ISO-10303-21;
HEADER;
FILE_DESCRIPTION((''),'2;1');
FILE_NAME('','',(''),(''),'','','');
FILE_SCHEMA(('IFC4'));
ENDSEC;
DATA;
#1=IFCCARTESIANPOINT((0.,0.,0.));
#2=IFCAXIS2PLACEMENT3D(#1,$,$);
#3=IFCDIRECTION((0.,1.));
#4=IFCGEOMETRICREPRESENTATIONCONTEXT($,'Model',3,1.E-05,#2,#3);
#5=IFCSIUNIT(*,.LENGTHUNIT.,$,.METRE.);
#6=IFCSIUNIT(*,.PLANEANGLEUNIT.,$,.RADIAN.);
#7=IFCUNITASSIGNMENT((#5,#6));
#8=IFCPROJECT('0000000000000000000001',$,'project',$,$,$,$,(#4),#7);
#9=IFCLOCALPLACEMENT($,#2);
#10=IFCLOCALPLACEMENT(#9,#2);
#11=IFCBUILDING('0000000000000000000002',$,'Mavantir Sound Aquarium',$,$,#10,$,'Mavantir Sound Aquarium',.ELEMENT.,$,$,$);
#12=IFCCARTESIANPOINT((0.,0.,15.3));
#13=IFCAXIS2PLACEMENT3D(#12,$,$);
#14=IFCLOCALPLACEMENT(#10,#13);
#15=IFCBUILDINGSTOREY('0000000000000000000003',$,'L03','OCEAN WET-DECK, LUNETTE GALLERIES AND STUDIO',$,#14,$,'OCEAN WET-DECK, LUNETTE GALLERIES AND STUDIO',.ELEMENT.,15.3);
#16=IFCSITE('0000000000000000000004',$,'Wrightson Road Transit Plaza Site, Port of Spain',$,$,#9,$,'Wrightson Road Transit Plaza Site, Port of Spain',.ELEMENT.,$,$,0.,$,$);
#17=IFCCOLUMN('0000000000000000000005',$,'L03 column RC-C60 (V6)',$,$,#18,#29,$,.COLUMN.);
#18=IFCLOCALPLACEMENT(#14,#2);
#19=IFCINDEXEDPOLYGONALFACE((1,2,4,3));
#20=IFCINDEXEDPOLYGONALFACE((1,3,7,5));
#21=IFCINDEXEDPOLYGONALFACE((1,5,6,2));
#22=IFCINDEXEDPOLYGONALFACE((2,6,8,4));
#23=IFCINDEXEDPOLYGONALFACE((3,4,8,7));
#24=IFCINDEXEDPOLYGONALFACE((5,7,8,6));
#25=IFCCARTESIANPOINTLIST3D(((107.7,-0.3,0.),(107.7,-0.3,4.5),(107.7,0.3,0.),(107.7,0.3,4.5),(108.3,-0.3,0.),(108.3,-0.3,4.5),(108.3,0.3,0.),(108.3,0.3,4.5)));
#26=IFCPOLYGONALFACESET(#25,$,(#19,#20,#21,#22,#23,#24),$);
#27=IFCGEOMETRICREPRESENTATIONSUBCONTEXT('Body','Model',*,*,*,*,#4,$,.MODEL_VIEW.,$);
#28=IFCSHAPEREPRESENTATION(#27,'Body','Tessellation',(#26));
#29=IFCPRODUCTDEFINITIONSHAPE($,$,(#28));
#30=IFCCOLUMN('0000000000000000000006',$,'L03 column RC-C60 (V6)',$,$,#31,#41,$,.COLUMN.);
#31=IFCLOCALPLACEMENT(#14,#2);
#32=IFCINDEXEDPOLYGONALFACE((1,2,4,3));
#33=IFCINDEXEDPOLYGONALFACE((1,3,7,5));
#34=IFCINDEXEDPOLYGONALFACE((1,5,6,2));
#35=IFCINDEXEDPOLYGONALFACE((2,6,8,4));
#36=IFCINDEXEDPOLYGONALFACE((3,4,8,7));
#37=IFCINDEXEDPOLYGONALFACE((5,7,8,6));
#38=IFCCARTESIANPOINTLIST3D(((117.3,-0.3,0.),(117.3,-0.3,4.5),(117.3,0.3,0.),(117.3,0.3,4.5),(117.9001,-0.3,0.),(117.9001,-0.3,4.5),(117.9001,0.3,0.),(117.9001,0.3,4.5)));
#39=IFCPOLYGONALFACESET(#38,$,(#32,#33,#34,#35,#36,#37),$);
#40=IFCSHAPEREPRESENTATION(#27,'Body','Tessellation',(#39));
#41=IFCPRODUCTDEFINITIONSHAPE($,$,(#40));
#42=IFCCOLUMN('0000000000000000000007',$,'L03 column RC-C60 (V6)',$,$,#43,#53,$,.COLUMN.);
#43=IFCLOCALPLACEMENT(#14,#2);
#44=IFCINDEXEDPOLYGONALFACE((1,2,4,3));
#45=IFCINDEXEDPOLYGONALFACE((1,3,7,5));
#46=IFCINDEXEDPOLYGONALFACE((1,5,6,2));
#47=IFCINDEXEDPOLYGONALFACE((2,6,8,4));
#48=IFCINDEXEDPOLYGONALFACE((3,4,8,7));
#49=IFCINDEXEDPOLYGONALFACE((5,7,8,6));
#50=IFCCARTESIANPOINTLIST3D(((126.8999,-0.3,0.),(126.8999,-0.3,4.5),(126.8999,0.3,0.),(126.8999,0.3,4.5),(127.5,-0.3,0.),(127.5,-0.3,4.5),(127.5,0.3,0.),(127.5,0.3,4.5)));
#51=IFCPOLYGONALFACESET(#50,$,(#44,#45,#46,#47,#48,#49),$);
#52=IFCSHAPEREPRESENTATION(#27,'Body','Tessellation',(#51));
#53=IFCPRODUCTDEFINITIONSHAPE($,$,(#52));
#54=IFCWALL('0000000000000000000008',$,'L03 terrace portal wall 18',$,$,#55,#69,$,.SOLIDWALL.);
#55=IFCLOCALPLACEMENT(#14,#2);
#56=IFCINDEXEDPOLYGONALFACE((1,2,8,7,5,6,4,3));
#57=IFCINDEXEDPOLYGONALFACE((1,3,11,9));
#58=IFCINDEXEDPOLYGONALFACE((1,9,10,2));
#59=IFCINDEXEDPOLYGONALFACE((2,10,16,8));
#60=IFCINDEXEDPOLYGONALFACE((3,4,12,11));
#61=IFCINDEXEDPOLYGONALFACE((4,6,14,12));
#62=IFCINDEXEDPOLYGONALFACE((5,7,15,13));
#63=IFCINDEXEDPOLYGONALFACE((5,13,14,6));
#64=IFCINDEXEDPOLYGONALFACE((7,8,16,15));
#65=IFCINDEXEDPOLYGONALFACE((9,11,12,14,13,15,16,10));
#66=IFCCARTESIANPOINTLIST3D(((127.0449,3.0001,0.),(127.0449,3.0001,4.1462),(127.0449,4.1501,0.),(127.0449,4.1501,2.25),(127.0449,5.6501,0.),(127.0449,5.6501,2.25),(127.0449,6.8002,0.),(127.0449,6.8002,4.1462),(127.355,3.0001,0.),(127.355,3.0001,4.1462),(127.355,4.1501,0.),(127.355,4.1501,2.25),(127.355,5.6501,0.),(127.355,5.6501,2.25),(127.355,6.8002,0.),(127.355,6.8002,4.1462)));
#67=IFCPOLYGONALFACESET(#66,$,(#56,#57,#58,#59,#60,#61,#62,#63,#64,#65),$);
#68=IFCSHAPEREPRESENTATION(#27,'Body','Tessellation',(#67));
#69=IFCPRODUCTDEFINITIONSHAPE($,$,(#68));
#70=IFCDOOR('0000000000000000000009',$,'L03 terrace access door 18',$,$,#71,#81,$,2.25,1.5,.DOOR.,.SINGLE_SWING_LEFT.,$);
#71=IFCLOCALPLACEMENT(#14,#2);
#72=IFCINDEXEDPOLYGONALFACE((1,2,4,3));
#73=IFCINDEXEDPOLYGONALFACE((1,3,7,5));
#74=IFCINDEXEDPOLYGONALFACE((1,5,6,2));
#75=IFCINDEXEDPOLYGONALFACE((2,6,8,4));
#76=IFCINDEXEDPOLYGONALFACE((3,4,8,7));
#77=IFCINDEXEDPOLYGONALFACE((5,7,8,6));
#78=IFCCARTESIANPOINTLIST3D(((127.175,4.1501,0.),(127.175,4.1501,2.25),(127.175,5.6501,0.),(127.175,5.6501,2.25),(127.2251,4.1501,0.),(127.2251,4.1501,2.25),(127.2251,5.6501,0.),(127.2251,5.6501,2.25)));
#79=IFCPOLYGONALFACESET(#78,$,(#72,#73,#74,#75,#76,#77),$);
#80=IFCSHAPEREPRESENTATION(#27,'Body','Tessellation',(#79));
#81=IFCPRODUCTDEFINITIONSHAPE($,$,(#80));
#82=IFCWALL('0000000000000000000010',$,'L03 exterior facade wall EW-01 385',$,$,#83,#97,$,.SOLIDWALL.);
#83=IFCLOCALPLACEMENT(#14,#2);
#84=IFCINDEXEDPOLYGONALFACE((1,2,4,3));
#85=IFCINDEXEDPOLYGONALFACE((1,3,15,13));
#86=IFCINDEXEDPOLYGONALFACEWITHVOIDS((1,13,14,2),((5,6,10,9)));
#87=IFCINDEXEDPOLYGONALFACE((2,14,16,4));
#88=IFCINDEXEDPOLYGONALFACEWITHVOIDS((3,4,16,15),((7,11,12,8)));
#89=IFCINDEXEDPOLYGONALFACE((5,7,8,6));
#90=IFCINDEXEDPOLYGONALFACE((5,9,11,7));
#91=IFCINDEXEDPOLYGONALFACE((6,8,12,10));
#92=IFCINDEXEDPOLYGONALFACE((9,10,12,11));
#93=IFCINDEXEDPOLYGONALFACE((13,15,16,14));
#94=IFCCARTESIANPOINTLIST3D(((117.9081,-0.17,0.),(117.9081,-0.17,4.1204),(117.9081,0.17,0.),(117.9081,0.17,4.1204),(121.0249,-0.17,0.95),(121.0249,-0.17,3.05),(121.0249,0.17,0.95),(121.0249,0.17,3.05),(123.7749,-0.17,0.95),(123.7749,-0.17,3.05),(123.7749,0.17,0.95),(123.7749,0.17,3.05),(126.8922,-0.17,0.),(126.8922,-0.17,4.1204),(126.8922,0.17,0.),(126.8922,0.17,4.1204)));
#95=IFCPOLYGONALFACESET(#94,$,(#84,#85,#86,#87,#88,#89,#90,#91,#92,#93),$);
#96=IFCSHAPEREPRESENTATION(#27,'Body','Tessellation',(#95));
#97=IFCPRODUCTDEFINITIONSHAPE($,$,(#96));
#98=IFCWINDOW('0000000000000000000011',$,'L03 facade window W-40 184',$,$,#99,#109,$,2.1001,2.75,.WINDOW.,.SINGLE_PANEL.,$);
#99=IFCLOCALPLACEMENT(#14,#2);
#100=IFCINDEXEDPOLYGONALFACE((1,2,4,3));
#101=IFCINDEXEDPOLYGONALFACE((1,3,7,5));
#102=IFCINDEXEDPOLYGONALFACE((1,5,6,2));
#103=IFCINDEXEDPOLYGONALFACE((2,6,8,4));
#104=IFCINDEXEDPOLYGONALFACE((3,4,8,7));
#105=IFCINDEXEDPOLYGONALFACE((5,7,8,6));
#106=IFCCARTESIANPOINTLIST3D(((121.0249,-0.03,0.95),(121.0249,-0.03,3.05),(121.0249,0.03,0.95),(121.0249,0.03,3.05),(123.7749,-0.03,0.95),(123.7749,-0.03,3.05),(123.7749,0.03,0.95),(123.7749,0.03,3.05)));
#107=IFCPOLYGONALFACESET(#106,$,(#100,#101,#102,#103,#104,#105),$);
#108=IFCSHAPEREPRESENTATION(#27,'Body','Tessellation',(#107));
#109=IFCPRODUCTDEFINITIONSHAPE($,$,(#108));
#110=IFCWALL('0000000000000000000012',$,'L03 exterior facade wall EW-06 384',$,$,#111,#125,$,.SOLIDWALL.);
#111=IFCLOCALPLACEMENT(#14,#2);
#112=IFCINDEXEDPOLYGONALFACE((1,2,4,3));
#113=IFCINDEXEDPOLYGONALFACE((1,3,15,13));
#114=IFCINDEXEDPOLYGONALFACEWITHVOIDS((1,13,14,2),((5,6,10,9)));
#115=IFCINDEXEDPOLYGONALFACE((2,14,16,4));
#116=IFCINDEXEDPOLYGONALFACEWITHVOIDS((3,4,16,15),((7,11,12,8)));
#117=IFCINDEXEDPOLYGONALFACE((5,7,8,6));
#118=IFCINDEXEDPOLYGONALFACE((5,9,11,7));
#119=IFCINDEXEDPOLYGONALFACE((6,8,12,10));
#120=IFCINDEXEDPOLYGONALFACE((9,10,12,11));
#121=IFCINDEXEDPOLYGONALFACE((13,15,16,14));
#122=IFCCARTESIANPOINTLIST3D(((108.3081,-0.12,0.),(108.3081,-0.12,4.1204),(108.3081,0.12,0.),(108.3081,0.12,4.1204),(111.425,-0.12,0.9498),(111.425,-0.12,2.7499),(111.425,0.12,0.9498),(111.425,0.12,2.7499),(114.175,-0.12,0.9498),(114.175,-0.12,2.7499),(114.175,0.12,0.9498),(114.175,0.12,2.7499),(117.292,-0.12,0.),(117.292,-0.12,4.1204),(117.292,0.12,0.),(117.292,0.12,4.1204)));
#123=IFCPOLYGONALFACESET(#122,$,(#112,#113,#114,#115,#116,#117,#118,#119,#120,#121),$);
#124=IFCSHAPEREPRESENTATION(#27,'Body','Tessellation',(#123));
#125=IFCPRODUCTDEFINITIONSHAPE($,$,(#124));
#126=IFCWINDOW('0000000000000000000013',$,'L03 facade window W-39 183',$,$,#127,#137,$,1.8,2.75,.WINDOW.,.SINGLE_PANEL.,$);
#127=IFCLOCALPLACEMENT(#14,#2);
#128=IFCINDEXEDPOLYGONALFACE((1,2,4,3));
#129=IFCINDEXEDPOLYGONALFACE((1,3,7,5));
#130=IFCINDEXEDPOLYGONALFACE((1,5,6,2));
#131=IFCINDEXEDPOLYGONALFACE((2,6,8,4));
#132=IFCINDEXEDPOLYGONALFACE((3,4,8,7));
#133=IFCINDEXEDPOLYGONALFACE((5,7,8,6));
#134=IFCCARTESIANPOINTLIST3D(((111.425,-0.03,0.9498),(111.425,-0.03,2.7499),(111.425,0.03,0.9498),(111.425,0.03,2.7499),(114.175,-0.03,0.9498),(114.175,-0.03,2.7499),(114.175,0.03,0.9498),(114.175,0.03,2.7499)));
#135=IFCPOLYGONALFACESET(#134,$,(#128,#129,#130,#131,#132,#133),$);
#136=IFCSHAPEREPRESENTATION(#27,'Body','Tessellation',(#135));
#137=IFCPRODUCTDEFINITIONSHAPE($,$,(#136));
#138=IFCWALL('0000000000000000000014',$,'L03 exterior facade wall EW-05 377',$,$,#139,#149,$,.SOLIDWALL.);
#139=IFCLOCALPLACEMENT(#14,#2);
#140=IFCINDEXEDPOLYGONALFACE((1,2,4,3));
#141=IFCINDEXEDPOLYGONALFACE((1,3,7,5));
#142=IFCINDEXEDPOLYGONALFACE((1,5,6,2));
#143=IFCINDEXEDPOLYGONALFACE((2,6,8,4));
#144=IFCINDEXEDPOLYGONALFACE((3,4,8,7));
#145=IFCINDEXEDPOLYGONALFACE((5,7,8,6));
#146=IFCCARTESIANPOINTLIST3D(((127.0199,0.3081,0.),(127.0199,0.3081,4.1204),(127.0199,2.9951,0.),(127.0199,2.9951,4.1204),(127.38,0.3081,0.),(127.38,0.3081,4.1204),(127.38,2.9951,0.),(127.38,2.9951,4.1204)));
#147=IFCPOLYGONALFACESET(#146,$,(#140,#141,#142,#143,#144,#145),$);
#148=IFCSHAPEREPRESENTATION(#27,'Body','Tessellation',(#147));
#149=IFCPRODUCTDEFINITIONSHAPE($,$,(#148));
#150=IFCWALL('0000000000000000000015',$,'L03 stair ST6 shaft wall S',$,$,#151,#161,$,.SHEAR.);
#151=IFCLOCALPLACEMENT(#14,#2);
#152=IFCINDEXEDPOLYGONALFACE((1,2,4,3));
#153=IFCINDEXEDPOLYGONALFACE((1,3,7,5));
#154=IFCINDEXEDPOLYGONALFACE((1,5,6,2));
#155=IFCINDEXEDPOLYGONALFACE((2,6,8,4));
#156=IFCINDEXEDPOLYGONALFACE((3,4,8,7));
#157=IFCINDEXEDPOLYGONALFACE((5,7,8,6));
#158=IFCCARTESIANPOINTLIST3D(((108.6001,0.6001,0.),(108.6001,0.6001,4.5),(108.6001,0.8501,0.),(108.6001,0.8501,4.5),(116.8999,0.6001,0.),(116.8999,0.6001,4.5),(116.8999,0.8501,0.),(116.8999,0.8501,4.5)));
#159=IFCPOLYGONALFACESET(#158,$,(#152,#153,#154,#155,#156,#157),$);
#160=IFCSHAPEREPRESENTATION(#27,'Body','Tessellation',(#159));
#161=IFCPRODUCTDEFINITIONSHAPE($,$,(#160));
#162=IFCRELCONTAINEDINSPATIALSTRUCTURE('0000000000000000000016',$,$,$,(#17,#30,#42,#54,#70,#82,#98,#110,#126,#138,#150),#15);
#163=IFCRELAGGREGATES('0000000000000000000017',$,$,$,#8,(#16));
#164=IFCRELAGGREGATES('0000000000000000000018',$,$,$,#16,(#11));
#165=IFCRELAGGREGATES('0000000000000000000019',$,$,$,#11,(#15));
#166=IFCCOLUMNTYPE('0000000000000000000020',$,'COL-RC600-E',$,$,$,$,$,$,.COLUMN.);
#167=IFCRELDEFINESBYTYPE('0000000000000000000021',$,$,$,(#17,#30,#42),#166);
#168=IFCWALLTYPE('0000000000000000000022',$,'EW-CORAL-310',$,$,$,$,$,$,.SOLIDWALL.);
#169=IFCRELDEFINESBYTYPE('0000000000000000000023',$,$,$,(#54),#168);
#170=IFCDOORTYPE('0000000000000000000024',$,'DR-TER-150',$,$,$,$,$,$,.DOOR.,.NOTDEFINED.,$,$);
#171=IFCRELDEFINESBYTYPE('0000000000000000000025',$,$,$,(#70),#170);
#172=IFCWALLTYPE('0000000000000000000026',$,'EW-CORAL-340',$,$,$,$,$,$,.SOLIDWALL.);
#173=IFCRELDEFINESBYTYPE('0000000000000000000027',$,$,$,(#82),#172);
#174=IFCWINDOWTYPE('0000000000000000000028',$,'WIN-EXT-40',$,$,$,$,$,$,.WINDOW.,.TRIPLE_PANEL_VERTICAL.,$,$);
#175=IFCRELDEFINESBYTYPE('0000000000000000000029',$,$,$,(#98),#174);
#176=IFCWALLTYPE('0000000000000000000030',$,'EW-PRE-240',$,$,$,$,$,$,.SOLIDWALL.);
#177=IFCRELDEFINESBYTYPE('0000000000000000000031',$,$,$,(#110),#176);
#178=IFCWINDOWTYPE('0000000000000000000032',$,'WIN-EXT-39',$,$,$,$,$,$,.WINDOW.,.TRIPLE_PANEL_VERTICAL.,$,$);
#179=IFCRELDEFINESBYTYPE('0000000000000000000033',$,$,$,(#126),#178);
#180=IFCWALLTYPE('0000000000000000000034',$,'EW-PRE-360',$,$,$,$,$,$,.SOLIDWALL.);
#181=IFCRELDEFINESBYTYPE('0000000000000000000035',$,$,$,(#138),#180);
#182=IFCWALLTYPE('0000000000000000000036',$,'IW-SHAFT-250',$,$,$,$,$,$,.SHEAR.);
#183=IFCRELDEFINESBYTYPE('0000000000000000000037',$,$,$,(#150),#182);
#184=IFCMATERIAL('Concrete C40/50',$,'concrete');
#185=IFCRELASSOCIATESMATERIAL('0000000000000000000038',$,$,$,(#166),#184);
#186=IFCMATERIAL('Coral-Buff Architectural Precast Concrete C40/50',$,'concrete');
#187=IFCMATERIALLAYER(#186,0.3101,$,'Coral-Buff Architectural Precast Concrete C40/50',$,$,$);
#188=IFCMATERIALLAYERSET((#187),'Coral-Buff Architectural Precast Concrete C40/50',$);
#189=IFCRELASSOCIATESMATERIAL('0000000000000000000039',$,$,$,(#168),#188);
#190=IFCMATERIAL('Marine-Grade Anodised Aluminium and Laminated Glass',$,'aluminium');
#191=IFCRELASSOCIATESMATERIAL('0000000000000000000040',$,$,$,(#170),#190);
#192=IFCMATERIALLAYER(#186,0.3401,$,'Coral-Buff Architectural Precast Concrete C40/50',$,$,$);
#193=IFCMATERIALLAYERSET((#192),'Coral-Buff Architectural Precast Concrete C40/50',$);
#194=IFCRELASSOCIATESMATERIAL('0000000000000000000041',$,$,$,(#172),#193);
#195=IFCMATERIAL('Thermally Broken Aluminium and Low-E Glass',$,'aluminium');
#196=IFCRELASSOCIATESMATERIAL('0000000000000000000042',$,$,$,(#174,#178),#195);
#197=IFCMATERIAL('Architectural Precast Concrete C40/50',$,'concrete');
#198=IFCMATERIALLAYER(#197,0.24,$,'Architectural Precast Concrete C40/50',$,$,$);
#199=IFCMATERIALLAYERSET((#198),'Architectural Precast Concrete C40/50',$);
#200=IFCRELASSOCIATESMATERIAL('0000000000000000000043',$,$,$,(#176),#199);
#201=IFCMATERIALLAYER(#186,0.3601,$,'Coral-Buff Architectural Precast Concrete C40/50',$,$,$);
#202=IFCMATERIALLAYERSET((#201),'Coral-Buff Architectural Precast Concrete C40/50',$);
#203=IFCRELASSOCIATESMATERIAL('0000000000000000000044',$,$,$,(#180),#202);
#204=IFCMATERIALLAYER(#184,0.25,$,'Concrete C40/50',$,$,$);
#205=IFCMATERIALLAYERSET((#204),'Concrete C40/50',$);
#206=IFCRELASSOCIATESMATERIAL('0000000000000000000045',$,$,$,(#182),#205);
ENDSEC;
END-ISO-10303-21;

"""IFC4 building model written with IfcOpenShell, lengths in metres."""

from ifc_helpers import new_model, si_unit, direction, frame, frame_2d, origin, origin_2d, place, context, subcontext, project, spatial, rectangle, extrude, material, layer, layer_set, material_profile, profile_set, type_object, element, fill, save


model = new_model("IFC4")

# Units and contexts
model_context = context("Model", 3, precision=1e-05, world=origin(), true_north=direction((0.0, 1.0)))
body_context = subcontext(model_context, "Body", "Model", "MODEL_VIEW")
ifc_project = project(units=[si_unit("LENGTHUNIT", "METRE"), si_unit("PLANEANGLEUNIT", "RADIAN")], contexts=[model_context])

# Site, building, storey
site_placement = place(None, origin())
site = spatial("IfcSite", under=ifc_project, at=site_placement, Name="Wrightson Road Transit Plaza Site, Port of Spain", LongName="Wrightson Road Transit Plaza Site, Port of Spain", CompositionType="ELEMENT", RefElevation=0.0)
building_placement = place(site_placement, origin())
building = spatial("IfcBuilding", under=site, at=building_placement, Name="Mavantir Sound Aquarium", LongName="Mavantir Sound Aquarium", CompositionType="ELEMENT")
storey_placement = place(building_placement, frame((0.0, 0.0, 15.3)))
storey = spatial("IfcBuildingStorey", under=building, at=storey_placement, Name="L03", Description="OCEAN WET-DECK, LUNETTE GALLERIES AND STUDIO", LongName="OCEAN WET-DECK, LUNETTE GALLERIES AND STUDIO", CompositionType="ELEMENT", Elevation=15.3)

# Columns
ifc_material_1 = material(Name="Concrete C40/50", Category="concrete")
ifc_material_profile = material_profile(ifc_material_1, rectangle(XDim=0.6001, YDim=0.6001, at=origin_2d()), Name="RC 600X600")
ifc_profile_set = profile_set([ifc_material_profile], Name="Concrete C40/50")
column_type = type_object("IfcColumnType", Name="COL-RC600-E", PredefinedType="COLUMN", material=ifc_profile_set)
for number, where, z_axis, x_axis, name in (
    (1, (108.0, 0.0, 0.0), (0.0, 0.0, 1.0), (1.0, 0.0, 0.0), "L03 column RC-C60 (V6)"),
    (2, (117.6001, 0.0, 0.0), (0.0, 0.0, 1.0), (1.0, 0.0, 0.0), "L03 column RC-C60 (V6)"),
    (3, (127.2, 0.0, 0.0), (0.0, 0.0, 1.0), (1.0, 0.0, 0.0), "L03 column RC-C60 (V6)"),
):
    element("IfcColumn", number, at=place(storey_placement, frame(where, z_axis=z_axis, x_axis=x_axis)), inside=storey, type_object=column_type, Name=name, PredefinedType="COLUMN", context=body_context, shape_type="SweptSolid", body=[
        extrude(rectangle(XDim=0.6001, YDim=0.6001, at=origin_2d()), origin(), (0.0, 0.0, 1.0), 4.5),
    ])

# Wall, opening, door
ifc_material_2 = material(Name="Coral-Buff Architectural Precast Concrete C40/50", Category="concrete")
ifc_layer_1 = layer(ifc_material_2, 0.3101, Name="Coral-Buff Architectural Precast Concrete C40/50")
ifc_layer_set_1 = layer_set([ifc_layer_1], Name="Coral-Buff Architectural Precast Concrete C40/50")
wall_type_1 = type_object("IfcWallType", Name="EW-CORAL-310", PredefinedType="SOLIDWALL", material=ifc_layer_set_1)
wall_1_placement = place(storey_placement, frame((127.2, 6.8, 0.0), z_axis=(0.0, 0.0, 1.0), x_axis=(0.0, -1.0, 0.0)))
wall_1 = element("IfcWall", 4, at=wall_1_placement, inside=storey, type_object=wall_type_1, Name="L03 terrace portal wall 18", PredefinedType="SOLIDWALL", context=body_context, shape_type="SweptSolid", body=[
    extrude(rectangle(XDim=3.8, YDim=0.3101, at=frame_2d((1.8999, 0.0))), origin(), (0.0, 0.0, 1.0), 4.1462),
])
opening_1_placement = place(wall_1_placement, frame((2.6499, 0.0, 0.0), z_axis=(0.0, 0.0, 1.0), x_axis=(-1.0, 0.0, 0.0)))
opening_1 = element("IfcOpeningElement", 5, at=opening_1_placement, cuts=wall_1, PredefinedType="OPENING", context=body_context, shape_type="SweptSolid", body=[
    extrude(rectangle(XDim=1.5, YDim=2.25, at=frame_2d((0.75, 1.125))), frame((0.0, 0.165, 0.0), z_axis=(0.0, -1.0, 0.0), x_axis=(1.0, 0.0, 0.0)), (0.0, 0.0, 1.0), 0.3301),
])
ifc_material_3 = material(Name="Marine-Grade Anodised Aluminium and Laminated Glass", Category="aluminium")
door_type_1 = type_object("IfcDoorType", Name="DR-TER-150", OperationType="NOTDEFINED", PredefinedType="DOOR", material=ifc_material_3)
door_1_placement = place(opening_1_placement, origin())
door_1 = element("IfcDoor", 6, at=door_1_placement, inside=storey, type_object=door_type_1, Name="L03 terrace access door 18", OperationType="SINGLE_SWING_LEFT", OverallHeight=2.25, OverallWidth=1.5, PredefinedType="DOOR", context=body_context, shape_type="SweptSolid", body=[
    extrude(rectangle(XDim=1.5, YDim=2.25, at=frame_2d((0.75, 1.125))), frame((0.0, 0.0249, 0.0), z_axis=(0.0, -1.0, 0.0), x_axis=(1.0, 0.0, 0.0)), (0.0, 0.0, 1.0), 0.05),
])
fill(opening_1, door_1)

# Wall, opening, window
ifc_layer_2 = layer(ifc_material_2, 0.3401, Name="Coral-Buff Architectural Precast Concrete C40/50")
ifc_layer_set_2 = layer_set([ifc_layer_2], Name="Coral-Buff Architectural Precast Concrete C40/50")
wall_type_2 = type_object("IfcWallType", Name="EW-CORAL-340", PredefinedType="SOLIDWALL", material=ifc_layer_set_2)
wall_2_placement = place(storey_placement, frame((117.908, 0.0, 0.0), z_axis=(0.0, 0.0, 1.0), x_axis=(1.0, 0.0, 0.0)))
wall_2 = element("IfcWall", 7, at=wall_2_placement, inside=storey, type_object=wall_type_2, Name="L03 exterior facade wall EW-01 385", PredefinedType="SOLIDWALL", context=body_context, shape_type="SweptSolid", body=[
    extrude(rectangle(XDim=8.9841, YDim=0.3401, at=frame_2d((4.4922, 0.0))), origin(), (0.0, 0.0, 1.0), 4.1204),
])
opening_2_placement = place(wall_2_placement, frame((3.1169, 0.0, 0.95)))
opening_2 = element("IfcOpeningElement", 8, at=opening_2_placement, cuts=wall_2, PredefinedType="OPENING", context=body_context, shape_type="SweptSolid", body=[
    extrude(rectangle(XDim=2.75, YDim=2.1001, at=frame_2d((1.375, 1.05))), frame((0.0, 0.1802, 0.0), z_axis=(0.0, -1.0, 0.0), x_axis=(1.0, 0.0, 0.0)), (0.0, 0.0, 1.0), 0.3601),
])
ifc_material_4 = material(Name="Thermally Broken Aluminium and Low-E Glass", Category="aluminium")
window_type_1 = type_object("IfcWindowType", Name="WIN-EXT-40", PartitioningType="TRIPLE_PANEL_VERTICAL", PredefinedType="WINDOW", material=ifc_material_4)
window_1_placement = place(opening_2_placement, origin())
window_1 = element("IfcWindow", 9, at=window_1_placement, inside=storey, type_object=window_type_1, Name="L03 facade window W-40 184", OverallHeight=2.1001, OverallWidth=2.75, PartitioningType="SINGLE_PANEL", PredefinedType="WINDOW", context=body_context, shape_type="SweptSolid", body=[
    extrude(rectangle(XDim=2.75, YDim=2.1001, at=frame_2d((1.375, 1.05))), frame((0.0, 0.03, 0.0), z_axis=(0.0, -1.0, 0.0), x_axis=(1.0, 0.0, 0.0)), (0.0, 0.0, 1.0), 0.0601),
])
fill(opening_2, window_1)

# Shared definitions
ifc_material_5 = material(Name="Architectural Precast Concrete C40/50", Category="concrete")
ifc_layer_3 = layer(ifc_material_5, 0.24, Name="Architectural Precast Concrete C40/50")
ifc_layer_set_3 = layer_set([ifc_layer_3], Name="Architectural Precast Concrete C40/50")
wall_type_3 = type_object("IfcWallType", Name="EW-PRE-240", PredefinedType="SOLIDWALL", material=ifc_layer_set_3)

# Wall, opening, window
wall_3_placement = place(storey_placement, frame((108.3081, 0.0, 0.0), z_axis=(0.0, 0.0, 1.0), x_axis=(1.0, 0.0, 0.0)))
wall_3 = element("IfcWall", 10, at=wall_3_placement, inside=storey, type_object=wall_type_3, Name="L03 exterior facade wall EW-06 384", PredefinedType="SOLIDWALL", context=body_context, shape_type="SweptSolid", body=[
    extrude(rectangle(XDim=8.9839, YDim=0.24, at=frame_2d((4.4919, 0.0))), origin(), (0.0, 0.0, 1.0), 4.1204),
])
opening_3_placement = place(wall_3_placement, frame((3.1169, 0.0, 0.95)))
opening_3 = element("IfcOpeningElement", 11, at=opening_3_placement, cuts=wall_3, PredefinedType="OPENING", context=body_context, shape_type="SweptSolid", body=[
    extrude(rectangle(XDim=2.75, YDim=1.8, at=frame_2d((1.375, 0.8999))), frame((0.0, 0.1299, 0.0), z_axis=(0.0, -1.0, 0.0), x_axis=(1.0, 0.0, 0.0)), (0.0, 0.0, 1.0), 0.26),
])
window_type_2 = type_object("IfcWindowType", Name="WIN-EXT-39", PartitioningType="TRIPLE_PANEL_VERTICAL", PredefinedType="WINDOW", material=ifc_material_4)
window_2_placement = place(opening_3_placement, origin())
window_2 = element("IfcWindow", 12, at=window_2_placement, inside=storey, type_object=window_type_2, Name="L03 facade window W-39 183", OverallHeight=1.8, OverallWidth=2.75, PartitioningType="SINGLE_PANEL", PredefinedType="WINDOW", context=body_context, shape_type="SweptSolid", body=[
    extrude(rectangle(XDim=2.75, YDim=1.8, at=frame_2d((1.375, 0.8999))), frame((0.0, 0.03, 0.0), z_axis=(0.0, -1.0, 0.0), x_axis=(1.0, 0.0, 0.0)), (0.0, 0.0, 1.0), 0.0601),
])
fill(opening_3, window_2)

# Walls
ifc_layer_4 = layer(ifc_material_2, 0.3601, Name="Coral-Buff Architectural Precast Concrete C40/50")
ifc_layer_set_4 = layer_set([ifc_layer_4], Name="Coral-Buff Architectural Precast Concrete C40/50")
wall_type_4 = type_object("IfcWallType", Name="EW-PRE-360", PredefinedType="SOLIDWALL", material=ifc_layer_set_4)
wall_4_placement = place(storey_placement, frame((127.2, 0.3081, 0.0), z_axis=(0.0, 0.0, 1.0), x_axis=(0.0, 1.0, 0.0)))
element("IfcWall", 13, at=wall_4_placement, inside=storey, type_object=wall_type_4, Name="L03 exterior facade wall EW-05 377", PredefinedType="SOLIDWALL", context=body_context, shape_type="SweptSolid", body=[
    extrude(rectangle(XDim=2.687, YDim=0.3601, at=frame_2d((1.3435, 0.0))), origin(), (0.0, 0.0, 1.0), 4.1204),
])
ifc_layer_5 = layer(ifc_material_1, 0.25, Name="Concrete C40/50")
ifc_layer_set_5 = layer_set([ifc_layer_5], Name="Concrete C40/50")
wall_type_5 = type_object("IfcWallType", Name="IW-SHAFT-250", PredefinedType="SHEAR", material=ifc_layer_set_5)
wall_5_placement = place(storey_placement, frame((108.6001, 0.7251, 0.0), z_axis=(0.0, 0.0, 1.0), x_axis=(1.0, 0.0, 0.0)))
element("IfcWall", 14, at=wall_5_placement, inside=storey, type_object=wall_type_5, Name="L03 stair ST6 shaft wall S", PredefinedType="SHEAR", context=body_context, shape_type="SweptSolid", body=[
    extrude(rectangle(XDim=8.2998, YDim=0.25, at=frame_2d((4.1499, 0.0))), origin(), (0.0, 0.0, 1.0), 4.5),
])

save(model, "model.ifc")
